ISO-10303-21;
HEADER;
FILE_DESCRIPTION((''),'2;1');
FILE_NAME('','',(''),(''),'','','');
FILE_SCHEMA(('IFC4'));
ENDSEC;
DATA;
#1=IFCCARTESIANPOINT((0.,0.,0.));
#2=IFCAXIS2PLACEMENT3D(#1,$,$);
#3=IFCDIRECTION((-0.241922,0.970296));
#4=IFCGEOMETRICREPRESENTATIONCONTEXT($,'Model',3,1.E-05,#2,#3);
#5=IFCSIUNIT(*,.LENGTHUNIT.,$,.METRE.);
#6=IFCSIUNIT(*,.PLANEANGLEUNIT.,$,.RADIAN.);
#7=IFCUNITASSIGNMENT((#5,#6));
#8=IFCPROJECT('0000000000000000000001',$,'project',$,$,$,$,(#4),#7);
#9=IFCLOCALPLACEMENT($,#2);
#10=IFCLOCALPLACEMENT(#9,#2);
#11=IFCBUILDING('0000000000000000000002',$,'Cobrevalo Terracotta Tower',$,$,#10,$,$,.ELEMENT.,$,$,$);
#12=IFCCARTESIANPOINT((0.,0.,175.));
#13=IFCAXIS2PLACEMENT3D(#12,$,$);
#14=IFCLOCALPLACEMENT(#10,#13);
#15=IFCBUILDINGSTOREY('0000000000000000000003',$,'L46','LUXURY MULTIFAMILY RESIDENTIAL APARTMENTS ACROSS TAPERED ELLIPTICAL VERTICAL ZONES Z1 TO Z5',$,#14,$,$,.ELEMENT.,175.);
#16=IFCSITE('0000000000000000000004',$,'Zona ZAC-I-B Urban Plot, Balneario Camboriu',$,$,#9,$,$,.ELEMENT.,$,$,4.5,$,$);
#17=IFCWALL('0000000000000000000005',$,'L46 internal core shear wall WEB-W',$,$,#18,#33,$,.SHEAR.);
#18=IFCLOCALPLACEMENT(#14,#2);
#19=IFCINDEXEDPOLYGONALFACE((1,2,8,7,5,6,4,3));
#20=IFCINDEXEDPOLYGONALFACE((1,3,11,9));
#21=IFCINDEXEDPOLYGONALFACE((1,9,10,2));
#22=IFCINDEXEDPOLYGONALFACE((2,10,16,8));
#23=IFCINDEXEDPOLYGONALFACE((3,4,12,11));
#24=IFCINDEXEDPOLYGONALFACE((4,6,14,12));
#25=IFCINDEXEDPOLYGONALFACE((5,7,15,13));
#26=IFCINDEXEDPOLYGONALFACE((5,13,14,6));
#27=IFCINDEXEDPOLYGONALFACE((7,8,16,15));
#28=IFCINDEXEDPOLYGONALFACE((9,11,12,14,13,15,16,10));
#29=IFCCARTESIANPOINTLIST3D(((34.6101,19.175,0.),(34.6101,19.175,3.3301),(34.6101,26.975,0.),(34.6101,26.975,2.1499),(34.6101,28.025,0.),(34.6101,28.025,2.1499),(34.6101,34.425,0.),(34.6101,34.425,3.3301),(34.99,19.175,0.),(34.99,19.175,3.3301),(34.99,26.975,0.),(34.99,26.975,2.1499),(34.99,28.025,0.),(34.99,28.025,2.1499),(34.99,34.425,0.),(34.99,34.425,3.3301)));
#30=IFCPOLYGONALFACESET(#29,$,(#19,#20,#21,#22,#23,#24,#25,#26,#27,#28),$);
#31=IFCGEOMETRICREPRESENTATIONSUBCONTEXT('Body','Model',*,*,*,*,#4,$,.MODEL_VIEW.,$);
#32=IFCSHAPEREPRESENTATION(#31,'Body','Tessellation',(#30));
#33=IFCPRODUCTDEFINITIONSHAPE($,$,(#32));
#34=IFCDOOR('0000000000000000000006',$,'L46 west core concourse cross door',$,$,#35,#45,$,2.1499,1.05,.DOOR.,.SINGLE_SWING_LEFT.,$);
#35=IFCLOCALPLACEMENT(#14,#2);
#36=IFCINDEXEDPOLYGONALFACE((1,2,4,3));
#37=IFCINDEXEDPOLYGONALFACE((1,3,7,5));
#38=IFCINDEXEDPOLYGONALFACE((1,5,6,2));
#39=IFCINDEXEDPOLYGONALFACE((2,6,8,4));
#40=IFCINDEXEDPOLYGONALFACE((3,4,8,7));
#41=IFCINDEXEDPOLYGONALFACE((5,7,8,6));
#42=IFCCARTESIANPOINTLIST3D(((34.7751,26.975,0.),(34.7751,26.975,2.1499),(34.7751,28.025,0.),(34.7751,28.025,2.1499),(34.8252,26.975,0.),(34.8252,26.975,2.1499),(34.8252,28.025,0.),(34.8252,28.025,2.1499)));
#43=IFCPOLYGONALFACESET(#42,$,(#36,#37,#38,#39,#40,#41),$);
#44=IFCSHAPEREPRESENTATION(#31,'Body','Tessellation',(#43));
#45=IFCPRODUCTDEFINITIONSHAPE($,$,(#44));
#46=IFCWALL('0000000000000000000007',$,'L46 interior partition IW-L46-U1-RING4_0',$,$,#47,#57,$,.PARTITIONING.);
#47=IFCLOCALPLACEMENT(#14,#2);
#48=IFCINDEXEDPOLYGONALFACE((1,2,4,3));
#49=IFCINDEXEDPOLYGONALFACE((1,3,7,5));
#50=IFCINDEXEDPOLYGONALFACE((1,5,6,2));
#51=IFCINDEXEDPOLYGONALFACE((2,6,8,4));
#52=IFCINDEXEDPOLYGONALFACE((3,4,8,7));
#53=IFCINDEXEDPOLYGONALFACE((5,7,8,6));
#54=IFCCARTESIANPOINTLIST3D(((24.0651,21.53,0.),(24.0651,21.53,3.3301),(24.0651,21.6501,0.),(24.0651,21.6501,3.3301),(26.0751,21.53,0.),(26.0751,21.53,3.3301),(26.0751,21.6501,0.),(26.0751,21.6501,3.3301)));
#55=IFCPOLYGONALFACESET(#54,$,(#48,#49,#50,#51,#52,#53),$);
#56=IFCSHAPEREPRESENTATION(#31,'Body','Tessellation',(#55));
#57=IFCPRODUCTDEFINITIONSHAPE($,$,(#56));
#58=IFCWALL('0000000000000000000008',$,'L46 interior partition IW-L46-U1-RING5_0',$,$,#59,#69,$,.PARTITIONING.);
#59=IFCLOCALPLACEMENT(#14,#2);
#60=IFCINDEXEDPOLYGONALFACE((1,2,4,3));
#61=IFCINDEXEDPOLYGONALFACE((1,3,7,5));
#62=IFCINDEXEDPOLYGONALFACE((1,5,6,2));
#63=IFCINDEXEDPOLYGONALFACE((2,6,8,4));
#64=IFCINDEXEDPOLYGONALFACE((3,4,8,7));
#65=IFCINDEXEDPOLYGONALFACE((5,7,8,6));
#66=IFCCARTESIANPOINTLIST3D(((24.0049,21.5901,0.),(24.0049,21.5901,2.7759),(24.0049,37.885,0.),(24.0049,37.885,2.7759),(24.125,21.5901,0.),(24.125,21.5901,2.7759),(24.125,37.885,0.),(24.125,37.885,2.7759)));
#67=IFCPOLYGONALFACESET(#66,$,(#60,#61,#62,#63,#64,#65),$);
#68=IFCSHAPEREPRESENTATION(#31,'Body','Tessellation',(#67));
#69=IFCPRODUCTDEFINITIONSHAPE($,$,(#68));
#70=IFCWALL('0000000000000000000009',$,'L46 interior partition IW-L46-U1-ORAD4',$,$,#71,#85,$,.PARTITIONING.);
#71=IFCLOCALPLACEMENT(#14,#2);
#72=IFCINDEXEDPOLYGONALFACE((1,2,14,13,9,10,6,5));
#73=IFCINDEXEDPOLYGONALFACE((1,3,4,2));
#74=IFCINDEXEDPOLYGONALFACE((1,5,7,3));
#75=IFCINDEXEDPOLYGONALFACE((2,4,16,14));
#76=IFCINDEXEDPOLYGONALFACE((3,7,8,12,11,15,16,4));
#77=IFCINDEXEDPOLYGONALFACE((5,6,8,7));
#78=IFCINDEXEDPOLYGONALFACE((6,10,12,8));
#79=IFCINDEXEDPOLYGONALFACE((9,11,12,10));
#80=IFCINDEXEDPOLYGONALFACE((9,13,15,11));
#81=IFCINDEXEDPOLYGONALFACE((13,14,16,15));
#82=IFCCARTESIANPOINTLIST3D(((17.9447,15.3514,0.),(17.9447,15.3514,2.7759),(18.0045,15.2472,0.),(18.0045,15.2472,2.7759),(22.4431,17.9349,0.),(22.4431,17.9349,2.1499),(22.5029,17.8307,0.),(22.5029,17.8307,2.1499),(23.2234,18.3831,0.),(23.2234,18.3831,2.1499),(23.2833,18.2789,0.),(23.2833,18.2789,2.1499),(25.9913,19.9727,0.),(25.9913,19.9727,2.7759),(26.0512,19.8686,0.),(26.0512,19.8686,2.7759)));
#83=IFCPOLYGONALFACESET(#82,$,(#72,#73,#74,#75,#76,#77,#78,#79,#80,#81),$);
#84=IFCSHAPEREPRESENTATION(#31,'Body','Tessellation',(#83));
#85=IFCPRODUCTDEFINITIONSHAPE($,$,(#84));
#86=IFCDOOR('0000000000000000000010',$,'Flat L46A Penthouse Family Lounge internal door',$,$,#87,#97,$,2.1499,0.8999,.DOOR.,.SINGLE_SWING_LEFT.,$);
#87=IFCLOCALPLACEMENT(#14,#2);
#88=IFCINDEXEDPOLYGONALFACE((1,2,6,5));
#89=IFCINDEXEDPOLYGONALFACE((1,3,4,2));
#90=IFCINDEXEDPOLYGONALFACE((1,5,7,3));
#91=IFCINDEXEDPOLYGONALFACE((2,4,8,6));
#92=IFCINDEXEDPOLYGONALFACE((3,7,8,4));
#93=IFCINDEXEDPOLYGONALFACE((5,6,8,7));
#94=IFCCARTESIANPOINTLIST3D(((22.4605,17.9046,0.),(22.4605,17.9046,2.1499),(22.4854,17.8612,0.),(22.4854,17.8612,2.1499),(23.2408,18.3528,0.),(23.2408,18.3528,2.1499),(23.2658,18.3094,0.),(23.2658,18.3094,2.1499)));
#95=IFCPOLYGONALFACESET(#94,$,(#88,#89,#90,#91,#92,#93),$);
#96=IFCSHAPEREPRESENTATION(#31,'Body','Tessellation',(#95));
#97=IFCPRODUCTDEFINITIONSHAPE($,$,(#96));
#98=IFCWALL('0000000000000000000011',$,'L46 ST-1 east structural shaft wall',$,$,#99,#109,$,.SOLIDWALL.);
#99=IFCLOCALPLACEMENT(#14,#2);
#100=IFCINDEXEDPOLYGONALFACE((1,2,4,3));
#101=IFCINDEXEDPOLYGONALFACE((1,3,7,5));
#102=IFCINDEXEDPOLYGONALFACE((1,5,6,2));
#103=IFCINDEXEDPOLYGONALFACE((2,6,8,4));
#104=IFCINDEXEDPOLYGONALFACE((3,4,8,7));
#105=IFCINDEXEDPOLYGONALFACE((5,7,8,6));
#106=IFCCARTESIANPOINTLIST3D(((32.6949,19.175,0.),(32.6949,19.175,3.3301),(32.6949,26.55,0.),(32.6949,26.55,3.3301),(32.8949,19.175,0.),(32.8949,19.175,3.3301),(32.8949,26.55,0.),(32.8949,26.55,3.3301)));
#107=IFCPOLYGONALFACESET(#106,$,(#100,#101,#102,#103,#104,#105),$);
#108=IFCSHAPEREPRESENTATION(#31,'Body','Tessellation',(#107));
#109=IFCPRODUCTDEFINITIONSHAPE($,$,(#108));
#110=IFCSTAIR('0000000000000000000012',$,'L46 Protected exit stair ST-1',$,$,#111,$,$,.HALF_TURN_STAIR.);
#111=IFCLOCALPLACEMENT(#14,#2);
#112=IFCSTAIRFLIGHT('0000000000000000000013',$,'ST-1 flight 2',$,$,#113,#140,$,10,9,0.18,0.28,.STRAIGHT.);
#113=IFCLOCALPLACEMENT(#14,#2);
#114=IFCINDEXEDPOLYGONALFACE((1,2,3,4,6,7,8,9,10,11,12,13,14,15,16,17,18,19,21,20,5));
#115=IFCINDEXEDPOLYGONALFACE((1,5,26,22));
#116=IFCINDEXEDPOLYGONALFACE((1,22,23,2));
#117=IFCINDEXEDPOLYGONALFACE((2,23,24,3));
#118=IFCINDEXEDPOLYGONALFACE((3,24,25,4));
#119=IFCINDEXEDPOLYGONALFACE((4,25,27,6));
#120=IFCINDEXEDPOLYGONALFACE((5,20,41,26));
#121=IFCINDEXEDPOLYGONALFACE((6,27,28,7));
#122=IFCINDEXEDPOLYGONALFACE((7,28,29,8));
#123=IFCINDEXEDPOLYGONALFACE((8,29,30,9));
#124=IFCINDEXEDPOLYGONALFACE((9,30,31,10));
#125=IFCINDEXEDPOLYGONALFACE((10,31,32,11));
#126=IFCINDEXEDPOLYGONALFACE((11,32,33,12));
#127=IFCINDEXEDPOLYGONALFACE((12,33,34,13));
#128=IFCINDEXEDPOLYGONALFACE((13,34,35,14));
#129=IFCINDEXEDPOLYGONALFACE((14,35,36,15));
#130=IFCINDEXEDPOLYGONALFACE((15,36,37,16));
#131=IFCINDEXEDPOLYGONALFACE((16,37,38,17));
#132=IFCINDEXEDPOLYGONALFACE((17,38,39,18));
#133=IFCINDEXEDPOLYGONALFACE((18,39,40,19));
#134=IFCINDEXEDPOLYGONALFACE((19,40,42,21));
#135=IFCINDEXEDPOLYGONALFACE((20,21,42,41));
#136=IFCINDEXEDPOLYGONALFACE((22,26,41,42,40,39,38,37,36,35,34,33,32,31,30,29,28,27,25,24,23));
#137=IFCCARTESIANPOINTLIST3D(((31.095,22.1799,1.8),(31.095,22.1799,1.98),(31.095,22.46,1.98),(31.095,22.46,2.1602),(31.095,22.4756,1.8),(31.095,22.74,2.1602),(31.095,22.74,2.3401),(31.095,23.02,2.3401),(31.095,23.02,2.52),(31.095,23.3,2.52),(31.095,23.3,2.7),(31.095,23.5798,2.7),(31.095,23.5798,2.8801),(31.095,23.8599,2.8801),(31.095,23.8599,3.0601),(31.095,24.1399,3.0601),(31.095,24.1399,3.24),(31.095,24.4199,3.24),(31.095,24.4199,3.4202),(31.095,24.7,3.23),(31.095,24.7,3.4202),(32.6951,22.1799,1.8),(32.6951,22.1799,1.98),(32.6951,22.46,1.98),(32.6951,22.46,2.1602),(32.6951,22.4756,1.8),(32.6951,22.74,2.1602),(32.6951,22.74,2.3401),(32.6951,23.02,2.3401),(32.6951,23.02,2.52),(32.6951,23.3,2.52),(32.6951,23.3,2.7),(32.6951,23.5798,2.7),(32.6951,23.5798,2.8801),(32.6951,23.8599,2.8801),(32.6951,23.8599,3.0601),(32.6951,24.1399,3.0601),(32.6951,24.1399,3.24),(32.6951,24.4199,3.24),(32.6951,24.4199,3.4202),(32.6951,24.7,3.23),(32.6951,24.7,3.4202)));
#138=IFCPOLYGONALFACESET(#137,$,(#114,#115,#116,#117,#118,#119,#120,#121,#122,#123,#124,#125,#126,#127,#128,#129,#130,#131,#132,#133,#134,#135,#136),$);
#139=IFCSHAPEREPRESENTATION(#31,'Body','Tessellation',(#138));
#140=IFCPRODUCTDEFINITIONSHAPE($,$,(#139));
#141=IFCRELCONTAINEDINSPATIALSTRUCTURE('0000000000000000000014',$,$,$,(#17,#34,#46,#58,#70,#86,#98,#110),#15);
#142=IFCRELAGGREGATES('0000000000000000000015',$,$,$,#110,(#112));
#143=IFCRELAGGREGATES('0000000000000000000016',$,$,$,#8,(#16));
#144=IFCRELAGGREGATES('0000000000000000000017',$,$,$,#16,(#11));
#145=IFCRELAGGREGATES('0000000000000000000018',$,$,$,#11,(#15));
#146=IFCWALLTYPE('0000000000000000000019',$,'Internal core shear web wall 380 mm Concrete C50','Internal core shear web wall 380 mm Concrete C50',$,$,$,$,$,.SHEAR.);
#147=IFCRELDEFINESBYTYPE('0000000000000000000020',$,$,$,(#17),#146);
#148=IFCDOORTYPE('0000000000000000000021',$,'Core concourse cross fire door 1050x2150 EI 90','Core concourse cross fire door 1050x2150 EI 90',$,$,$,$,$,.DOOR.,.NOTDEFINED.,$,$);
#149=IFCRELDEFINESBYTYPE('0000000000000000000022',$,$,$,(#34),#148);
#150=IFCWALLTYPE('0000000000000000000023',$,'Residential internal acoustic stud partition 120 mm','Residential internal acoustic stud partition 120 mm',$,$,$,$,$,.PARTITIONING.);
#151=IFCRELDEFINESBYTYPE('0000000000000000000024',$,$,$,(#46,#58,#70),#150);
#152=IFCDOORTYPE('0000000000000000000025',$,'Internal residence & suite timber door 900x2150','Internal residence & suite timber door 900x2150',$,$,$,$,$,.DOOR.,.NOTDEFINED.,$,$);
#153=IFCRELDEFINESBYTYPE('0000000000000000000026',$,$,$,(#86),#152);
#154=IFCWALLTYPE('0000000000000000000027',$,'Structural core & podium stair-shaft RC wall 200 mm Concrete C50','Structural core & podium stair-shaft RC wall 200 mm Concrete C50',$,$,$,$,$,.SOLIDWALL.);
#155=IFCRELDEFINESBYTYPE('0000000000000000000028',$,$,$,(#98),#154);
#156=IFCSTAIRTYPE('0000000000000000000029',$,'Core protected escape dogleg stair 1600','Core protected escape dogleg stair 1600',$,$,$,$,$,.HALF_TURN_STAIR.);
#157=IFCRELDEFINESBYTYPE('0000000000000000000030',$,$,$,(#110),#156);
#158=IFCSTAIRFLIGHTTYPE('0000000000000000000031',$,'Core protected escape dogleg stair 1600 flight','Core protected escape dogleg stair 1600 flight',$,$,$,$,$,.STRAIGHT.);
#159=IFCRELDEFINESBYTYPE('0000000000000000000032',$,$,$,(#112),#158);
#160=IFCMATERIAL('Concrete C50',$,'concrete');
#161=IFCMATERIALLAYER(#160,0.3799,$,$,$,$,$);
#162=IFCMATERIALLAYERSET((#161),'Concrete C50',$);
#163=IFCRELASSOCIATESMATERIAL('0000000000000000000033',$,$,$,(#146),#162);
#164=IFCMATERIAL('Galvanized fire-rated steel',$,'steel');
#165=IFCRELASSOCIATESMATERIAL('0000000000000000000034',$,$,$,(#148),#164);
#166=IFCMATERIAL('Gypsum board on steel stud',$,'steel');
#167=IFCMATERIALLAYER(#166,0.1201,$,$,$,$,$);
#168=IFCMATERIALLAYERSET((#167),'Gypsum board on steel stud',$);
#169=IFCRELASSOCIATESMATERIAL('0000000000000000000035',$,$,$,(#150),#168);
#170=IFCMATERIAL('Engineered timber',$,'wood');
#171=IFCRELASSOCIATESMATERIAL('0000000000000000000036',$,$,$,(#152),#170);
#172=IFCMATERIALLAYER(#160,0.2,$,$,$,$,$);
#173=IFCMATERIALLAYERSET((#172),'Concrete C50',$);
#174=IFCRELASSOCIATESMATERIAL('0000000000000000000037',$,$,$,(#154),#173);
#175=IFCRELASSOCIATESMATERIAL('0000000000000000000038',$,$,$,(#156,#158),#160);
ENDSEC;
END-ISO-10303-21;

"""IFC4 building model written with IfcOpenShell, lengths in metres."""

from ifc_helpers import new_model, si_unit, direction, frame, frame_2d, origin, place, context, subcontext, project, spatial, polyline, rectangle, outline, extrude, source, transform, mapped, material, layer, layer_set, type_object, element, fill, aggregate, save


model = new_model("IFC4")

# Units and contexts
model_context = context("Model", 3, precision=1e-05, world=origin(), true_north=direction((-0.241922, 0.970296)))
body_context = subcontext(model_context, "Body", "Model", "MODEL_VIEW")
ifc_project = project(units=[si_unit("LENGTHUNIT", "METRE"), si_unit("PLANEANGLEUNIT", "RADIAN")], contexts=[model_context])

# Site, building, storey
site_placement = place(None, origin())
site = spatial("IfcSite", under=ifc_project, at=site_placement, Name="Zona ZAC-I-B Urban Plot, Balneario Camboriu", CompositionType="ELEMENT", RefElevation=4.5)
building_placement = place(site_placement, origin())
building = spatial("IfcBuilding", under=site, at=building_placement, Name="Cobrevalo Terracotta Tower", CompositionType="ELEMENT")
storey_placement = place(building_placement, frame((0.0, 0.0, 175.0)))
storey = spatial("IfcBuildingStorey", under=building, at=storey_placement, Name="L46", Description="LUXURY MULTIFAMILY RESIDENTIAL APARTMENTS ACROSS TAPERED ELLIPTICAL VERTICAL ZONES Z1 TO Z5", CompositionType="ELEMENT", Elevation=175.0)

# Wall, opening, door
ifc_material_1 = material(Name="Galvanized fire-rated steel", Category="steel")
ifc_material_2 = material(Name="Concrete C50", Category="concrete")
ifc_layer_1 = layer(ifc_material_2, 0.3799)
ifc_layer_set_1 = layer_set([ifc_layer_1], Name="Concrete C50")
wall_type_1 = type_object("IfcWallType", Name="Internal core shear web wall 380 mm Concrete C50", Description="Internal core shear web wall 380 mm Concrete C50", PredefinedType="SHEAR", material=ifc_layer_set_1)
wall_1_placement = place(storey_placement, frame((34.8, 19.175, 0.0), z_axis=(0.0, 0.0, 1.0), x_axis=(0.0, 1.0, 0.0)))
wall_1 = element("IfcWall", 1, at=wall_1_placement, inside=storey, type_object=wall_type_1, Name="L46 internal core shear wall WEB-W", PredefinedType="SHEAR", context=body_context, shape_type="SweptSolid", body=[
    extrude(rectangle(XDim=15.25, YDim=0.3799, at=frame_2d((7.625, 0.0))), origin(), (0.0, 0.0, 1.0), 3.3301),
])
opening_1_placement = place(wall_1_placement, frame((7.8, 0.0, 0.0)))
opening_1 = element("IfcOpeningElement", 2, at=opening_1_placement, cuts=wall_1, PredefinedType="OPENING", context=body_context, shape_type="SweptSolid", body=[
    extrude(rectangle(XDim=1.05, YDim=2.1499, at=frame_2d((0.5249, 1.075))), frame((0.0, 0.2, 0.0), z_axis=(0.0, -1.0, 0.0), x_axis=(1.0, 0.0, 0.0)), (0.0, 0.0, 1.0), 0.3999),
])
door_type_1 = type_object("IfcDoorType", Name="Core concourse cross fire door 1050x2150 EI 90", Description="Core concourse cross fire door 1050x2150 EI 90", OperationType="NOTDEFINED", PredefinedType="DOOR", material=ifc_material_1)
shared_shape_1 = source(origin(), body_context, "Body", "SweptSolid", [
    extrude(rectangle(XDim=1.05, YDim=2.1499, at=frame_2d((0.5249, 1.075))), frame((0.0, 0.0249, 0.0), z_axis=(0.0, -1.0, 0.0), x_axis=(1.0, 0.0, 0.0)), (0.0, 0.0, 1.0), 0.05),
])
door_1_placement = place(opening_1_placement, origin())
door_1 = element("IfcDoor", 3, at=door_1_placement, inside=storey, type_object=door_type_1, Name="L46 west core concourse cross door", OperationType="SINGLE_SWING_LEFT", OverallHeight=2.1499, OverallWidth=1.05, PredefinedType="DOOR", context=body_context, shape_type="MappedRepresentation", body=[
    mapped(shared_shape_1, transform((0.0, 0.0, 0.0), scale=1.0)),
])
fill(opening_1, door_1)

# Walls
ifc_material_3 = material(Name="Gypsum board on steel stud", Category="steel")
ifc_layer_2 = layer(ifc_material_3, 0.1201)
ifc_layer_set_2 = layer_set([ifc_layer_2], Name="Gypsum board on steel stud")
wall_type_2 = type_object("IfcWallType", Name="Residential internal acoustic stud partition 120 mm", Description="Residential internal acoustic stud partition 120 mm", PredefinedType="PARTITIONING", material=ifc_layer_set_2)
wall_2_placement = place(storey_placement, frame((26.075, 21.5901, 0.0), z_axis=(0.0, 0.0, 1.0), x_axis=(-1.0, 0.0, 0.0)))
element("IfcWall", 4, at=wall_2_placement, inside=storey, type_object=wall_type_2, Name="L46 interior partition IW-L46-U1-RING4_0", PredefinedType="PARTITIONING", context=body_context, shape_type="SweptSolid", body=[
    extrude(rectangle(XDim=2.01, YDim=0.1201, at=frame_2d((1.0049, 0.0))), origin(), (0.0, 0.0, 1.0), 3.3301),
])
wall_3_placement = place(storey_placement, frame((24.0649, 21.5901, 0.0), z_axis=(0.0, 0.0, 1.0), x_axis=(0.0, 1.0, 0.0)))
element("IfcWall", 5, at=wall_3_placement, inside=storey, type_object=wall_type_2, Name="L46 interior partition IW-L46-U1-RING5_0", PredefinedType="PARTITIONING", context=body_context, shape_type="SweptSolid", body=[
    extrude(rectangle(XDim=16.2949, YDim=0.1201, at=frame_2d((8.1475, 0.0))), origin(), (0.0, 0.0, 1.0), 2.7759),
])

# Wall, opening, door
wall_4_placement = place(storey_placement, frame((26.0212, 19.9207, 0.0), z_axis=(0.0, 0.0, 1.0), x_axis=(-0.867161, -0.498028, 0.0)))
wall_4 = element("IfcWall", 6, at=wall_4_placement, inside=storey, type_object=wall_type_2, Name="L46 interior partition IW-L46-U1-ORAD4", PredefinedType="PARTITIONING", context=body_context, shape_type="SweptSolid", body=[
    extrude(rectangle(XDim=9.2793, YDim=0.1201, at=frame_2d((4.6396, 0.0))), origin(), (0.0, 0.0, 1.0), 2.7759),
])
opening_2_placement = place(wall_4_placement, frame((3.1919, 0.0, 0.0)))
opening_2 = element("IfcOpeningElement", 7, at=opening_2_placement, cuts=wall_4, PredefinedType="OPENING", context=body_context, shape_type="SweptSolid", body=[
    extrude(rectangle(XDim=0.8999, YDim=2.1499, at=frame_2d((0.45, 1.075))), frame((0.0, 0.0701, 0.0), z_axis=(0.0, -1.0, 0.0), x_axis=(1.0, 0.0, 0.0)), (0.0, 0.0, 1.0), 0.1401),
])
ifc_material_4 = material(Name="Engineered timber", Category="wood")
door_type_2 = type_object("IfcDoorType", Name="Internal residence & suite timber door 900x2150", Description="Internal residence & suite timber door 900x2150", OperationType="NOTDEFINED", PredefinedType="DOOR", material=ifc_material_4)
shared_shape_2 = source(origin(), body_context, "Body", "SweptSolid", [
    extrude(rectangle(XDim=0.8999, YDim=2.1499, at=frame_2d((0.45, 1.075))), frame((0.0, 0.0249, 0.0), z_axis=(0.0, -1.0, 0.0), x_axis=(1.0, 0.0, 0.0)), (0.0, 0.0, 1.0), 0.05),
])
door_2_placement = place(opening_2_placement, origin())
door_2 = element("IfcDoor", 8, at=door_2_placement, inside=storey, type_object=door_type_2, Name="Flat L46A Penthouse Family Lounge internal door", OperationType="SINGLE_SWING_LEFT", OverallHeight=2.1499, OverallWidth=0.8999, PredefinedType="DOOR", context=body_context, shape_type="MappedRepresentation", body=[
    mapped(shared_shape_2, transform((0.0, 0.0, 0.0), scale=1.0)),
])
fill(opening_2, door_2)

# Wall
ifc_layer_3 = layer(ifc_material_2, 0.2)
ifc_layer_set_3 = layer_set([ifc_layer_3], Name="Concrete C50")
wall_type_3 = type_object("IfcWallType", Name="Structural core & podium stair-shaft RC wall 200 mm Concrete C50", Description="Structural core & podium stair-shaft RC wall 200 mm Concrete C50", PredefinedType="SOLIDWALL", material=ifc_layer_set_3)
wall_5_placement = place(storey_placement, frame((32.7949, 19.175, 0.0), z_axis=(0.0, 0.0, 1.0), x_axis=(0.0, 1.0, 0.0)))
element("IfcWall", 9, at=wall_5_placement, inside=storey, type_object=wall_type_3, Name="L46 ST-1 east structural shaft wall", PredefinedType="SOLIDWALL", context=body_context, shape_type="SweptSolid", body=[
    extrude(rectangle(XDim=7.375, YDim=0.2, at=frame_2d((3.6875, 0.0))), origin(), (0.0, 0.0, 1.0), 3.3301),
])

# Stair, stair flight
stair_type = type_object("IfcStairType", Name="Core protected escape dogleg stair 1600", Description="Core protected escape dogleg stair 1600", PredefinedType="HALF_TURN_STAIR", material=ifc_material_2)
stair_placement = place(storey_placement, origin())
stair = element("IfcStair", 10, at=stair_placement, inside=storey, type_object=stair_type, Name="L46 Protected exit stair ST-1", PredefinedType="HALF_TURN_STAIR")
stair_flight_type = type_object("IfcStairFlightType", Name="Core protected escape dogleg stair 1600 flight", Description="Core protected escape dogleg stair 1600 flight", PredefinedType="STRAIGHT", material=ifc_material_2)
stair_flight_placement = place(storey_placement, frame((31.895, 22.1799, 1.8), z_axis=(0.0, 0.0, 1.0), x_axis=(0.0, 1.0, 0.0)))
stair_flight = element("IfcStairFlight", 11, at=stair_flight_placement, type_object=stair_flight_type, Name="ST-1 flight 2", NumberOfRisers=10, NumberOfTreads=9, PredefinedType="STRAIGHT", RiserHeight=0.18, TreadLength=0.28, context=body_context, shape_type="SweptSolid", body=[
    extrude(outline(polyline([(0.0, 0.0), (0.0, 0.1799), (0.28, 0.1799), (0.28, 0.3601), (0.5601, 0.3601), (0.5601, 0.54), (0.8401, 0.54), (0.8401, 0.72), (1.1201, 0.72), (1.1201, 0.8999), (1.3999, 0.8999), (1.3999, 1.0801), (1.6799, 1.0801), (1.6799, 1.26), (1.96, 1.26), (1.96, 1.4399), (2.24, 1.4399), (2.24, 1.6201), (2.52, 1.6201), (2.52, 1.8), (2.52, 1.4299), (0.2957, 0.0), (0.0, 0.0)])), frame((0.0, 0.8, 0.0), z_axis=(0.0, -1.0, 0.0), x_axis=(1.0, 0.0, 0.0)), (0.0, 0.0, 1.0), 1.6001),
])
aggregate(stair, [stair_flight])

save(model, "model.ifc")
